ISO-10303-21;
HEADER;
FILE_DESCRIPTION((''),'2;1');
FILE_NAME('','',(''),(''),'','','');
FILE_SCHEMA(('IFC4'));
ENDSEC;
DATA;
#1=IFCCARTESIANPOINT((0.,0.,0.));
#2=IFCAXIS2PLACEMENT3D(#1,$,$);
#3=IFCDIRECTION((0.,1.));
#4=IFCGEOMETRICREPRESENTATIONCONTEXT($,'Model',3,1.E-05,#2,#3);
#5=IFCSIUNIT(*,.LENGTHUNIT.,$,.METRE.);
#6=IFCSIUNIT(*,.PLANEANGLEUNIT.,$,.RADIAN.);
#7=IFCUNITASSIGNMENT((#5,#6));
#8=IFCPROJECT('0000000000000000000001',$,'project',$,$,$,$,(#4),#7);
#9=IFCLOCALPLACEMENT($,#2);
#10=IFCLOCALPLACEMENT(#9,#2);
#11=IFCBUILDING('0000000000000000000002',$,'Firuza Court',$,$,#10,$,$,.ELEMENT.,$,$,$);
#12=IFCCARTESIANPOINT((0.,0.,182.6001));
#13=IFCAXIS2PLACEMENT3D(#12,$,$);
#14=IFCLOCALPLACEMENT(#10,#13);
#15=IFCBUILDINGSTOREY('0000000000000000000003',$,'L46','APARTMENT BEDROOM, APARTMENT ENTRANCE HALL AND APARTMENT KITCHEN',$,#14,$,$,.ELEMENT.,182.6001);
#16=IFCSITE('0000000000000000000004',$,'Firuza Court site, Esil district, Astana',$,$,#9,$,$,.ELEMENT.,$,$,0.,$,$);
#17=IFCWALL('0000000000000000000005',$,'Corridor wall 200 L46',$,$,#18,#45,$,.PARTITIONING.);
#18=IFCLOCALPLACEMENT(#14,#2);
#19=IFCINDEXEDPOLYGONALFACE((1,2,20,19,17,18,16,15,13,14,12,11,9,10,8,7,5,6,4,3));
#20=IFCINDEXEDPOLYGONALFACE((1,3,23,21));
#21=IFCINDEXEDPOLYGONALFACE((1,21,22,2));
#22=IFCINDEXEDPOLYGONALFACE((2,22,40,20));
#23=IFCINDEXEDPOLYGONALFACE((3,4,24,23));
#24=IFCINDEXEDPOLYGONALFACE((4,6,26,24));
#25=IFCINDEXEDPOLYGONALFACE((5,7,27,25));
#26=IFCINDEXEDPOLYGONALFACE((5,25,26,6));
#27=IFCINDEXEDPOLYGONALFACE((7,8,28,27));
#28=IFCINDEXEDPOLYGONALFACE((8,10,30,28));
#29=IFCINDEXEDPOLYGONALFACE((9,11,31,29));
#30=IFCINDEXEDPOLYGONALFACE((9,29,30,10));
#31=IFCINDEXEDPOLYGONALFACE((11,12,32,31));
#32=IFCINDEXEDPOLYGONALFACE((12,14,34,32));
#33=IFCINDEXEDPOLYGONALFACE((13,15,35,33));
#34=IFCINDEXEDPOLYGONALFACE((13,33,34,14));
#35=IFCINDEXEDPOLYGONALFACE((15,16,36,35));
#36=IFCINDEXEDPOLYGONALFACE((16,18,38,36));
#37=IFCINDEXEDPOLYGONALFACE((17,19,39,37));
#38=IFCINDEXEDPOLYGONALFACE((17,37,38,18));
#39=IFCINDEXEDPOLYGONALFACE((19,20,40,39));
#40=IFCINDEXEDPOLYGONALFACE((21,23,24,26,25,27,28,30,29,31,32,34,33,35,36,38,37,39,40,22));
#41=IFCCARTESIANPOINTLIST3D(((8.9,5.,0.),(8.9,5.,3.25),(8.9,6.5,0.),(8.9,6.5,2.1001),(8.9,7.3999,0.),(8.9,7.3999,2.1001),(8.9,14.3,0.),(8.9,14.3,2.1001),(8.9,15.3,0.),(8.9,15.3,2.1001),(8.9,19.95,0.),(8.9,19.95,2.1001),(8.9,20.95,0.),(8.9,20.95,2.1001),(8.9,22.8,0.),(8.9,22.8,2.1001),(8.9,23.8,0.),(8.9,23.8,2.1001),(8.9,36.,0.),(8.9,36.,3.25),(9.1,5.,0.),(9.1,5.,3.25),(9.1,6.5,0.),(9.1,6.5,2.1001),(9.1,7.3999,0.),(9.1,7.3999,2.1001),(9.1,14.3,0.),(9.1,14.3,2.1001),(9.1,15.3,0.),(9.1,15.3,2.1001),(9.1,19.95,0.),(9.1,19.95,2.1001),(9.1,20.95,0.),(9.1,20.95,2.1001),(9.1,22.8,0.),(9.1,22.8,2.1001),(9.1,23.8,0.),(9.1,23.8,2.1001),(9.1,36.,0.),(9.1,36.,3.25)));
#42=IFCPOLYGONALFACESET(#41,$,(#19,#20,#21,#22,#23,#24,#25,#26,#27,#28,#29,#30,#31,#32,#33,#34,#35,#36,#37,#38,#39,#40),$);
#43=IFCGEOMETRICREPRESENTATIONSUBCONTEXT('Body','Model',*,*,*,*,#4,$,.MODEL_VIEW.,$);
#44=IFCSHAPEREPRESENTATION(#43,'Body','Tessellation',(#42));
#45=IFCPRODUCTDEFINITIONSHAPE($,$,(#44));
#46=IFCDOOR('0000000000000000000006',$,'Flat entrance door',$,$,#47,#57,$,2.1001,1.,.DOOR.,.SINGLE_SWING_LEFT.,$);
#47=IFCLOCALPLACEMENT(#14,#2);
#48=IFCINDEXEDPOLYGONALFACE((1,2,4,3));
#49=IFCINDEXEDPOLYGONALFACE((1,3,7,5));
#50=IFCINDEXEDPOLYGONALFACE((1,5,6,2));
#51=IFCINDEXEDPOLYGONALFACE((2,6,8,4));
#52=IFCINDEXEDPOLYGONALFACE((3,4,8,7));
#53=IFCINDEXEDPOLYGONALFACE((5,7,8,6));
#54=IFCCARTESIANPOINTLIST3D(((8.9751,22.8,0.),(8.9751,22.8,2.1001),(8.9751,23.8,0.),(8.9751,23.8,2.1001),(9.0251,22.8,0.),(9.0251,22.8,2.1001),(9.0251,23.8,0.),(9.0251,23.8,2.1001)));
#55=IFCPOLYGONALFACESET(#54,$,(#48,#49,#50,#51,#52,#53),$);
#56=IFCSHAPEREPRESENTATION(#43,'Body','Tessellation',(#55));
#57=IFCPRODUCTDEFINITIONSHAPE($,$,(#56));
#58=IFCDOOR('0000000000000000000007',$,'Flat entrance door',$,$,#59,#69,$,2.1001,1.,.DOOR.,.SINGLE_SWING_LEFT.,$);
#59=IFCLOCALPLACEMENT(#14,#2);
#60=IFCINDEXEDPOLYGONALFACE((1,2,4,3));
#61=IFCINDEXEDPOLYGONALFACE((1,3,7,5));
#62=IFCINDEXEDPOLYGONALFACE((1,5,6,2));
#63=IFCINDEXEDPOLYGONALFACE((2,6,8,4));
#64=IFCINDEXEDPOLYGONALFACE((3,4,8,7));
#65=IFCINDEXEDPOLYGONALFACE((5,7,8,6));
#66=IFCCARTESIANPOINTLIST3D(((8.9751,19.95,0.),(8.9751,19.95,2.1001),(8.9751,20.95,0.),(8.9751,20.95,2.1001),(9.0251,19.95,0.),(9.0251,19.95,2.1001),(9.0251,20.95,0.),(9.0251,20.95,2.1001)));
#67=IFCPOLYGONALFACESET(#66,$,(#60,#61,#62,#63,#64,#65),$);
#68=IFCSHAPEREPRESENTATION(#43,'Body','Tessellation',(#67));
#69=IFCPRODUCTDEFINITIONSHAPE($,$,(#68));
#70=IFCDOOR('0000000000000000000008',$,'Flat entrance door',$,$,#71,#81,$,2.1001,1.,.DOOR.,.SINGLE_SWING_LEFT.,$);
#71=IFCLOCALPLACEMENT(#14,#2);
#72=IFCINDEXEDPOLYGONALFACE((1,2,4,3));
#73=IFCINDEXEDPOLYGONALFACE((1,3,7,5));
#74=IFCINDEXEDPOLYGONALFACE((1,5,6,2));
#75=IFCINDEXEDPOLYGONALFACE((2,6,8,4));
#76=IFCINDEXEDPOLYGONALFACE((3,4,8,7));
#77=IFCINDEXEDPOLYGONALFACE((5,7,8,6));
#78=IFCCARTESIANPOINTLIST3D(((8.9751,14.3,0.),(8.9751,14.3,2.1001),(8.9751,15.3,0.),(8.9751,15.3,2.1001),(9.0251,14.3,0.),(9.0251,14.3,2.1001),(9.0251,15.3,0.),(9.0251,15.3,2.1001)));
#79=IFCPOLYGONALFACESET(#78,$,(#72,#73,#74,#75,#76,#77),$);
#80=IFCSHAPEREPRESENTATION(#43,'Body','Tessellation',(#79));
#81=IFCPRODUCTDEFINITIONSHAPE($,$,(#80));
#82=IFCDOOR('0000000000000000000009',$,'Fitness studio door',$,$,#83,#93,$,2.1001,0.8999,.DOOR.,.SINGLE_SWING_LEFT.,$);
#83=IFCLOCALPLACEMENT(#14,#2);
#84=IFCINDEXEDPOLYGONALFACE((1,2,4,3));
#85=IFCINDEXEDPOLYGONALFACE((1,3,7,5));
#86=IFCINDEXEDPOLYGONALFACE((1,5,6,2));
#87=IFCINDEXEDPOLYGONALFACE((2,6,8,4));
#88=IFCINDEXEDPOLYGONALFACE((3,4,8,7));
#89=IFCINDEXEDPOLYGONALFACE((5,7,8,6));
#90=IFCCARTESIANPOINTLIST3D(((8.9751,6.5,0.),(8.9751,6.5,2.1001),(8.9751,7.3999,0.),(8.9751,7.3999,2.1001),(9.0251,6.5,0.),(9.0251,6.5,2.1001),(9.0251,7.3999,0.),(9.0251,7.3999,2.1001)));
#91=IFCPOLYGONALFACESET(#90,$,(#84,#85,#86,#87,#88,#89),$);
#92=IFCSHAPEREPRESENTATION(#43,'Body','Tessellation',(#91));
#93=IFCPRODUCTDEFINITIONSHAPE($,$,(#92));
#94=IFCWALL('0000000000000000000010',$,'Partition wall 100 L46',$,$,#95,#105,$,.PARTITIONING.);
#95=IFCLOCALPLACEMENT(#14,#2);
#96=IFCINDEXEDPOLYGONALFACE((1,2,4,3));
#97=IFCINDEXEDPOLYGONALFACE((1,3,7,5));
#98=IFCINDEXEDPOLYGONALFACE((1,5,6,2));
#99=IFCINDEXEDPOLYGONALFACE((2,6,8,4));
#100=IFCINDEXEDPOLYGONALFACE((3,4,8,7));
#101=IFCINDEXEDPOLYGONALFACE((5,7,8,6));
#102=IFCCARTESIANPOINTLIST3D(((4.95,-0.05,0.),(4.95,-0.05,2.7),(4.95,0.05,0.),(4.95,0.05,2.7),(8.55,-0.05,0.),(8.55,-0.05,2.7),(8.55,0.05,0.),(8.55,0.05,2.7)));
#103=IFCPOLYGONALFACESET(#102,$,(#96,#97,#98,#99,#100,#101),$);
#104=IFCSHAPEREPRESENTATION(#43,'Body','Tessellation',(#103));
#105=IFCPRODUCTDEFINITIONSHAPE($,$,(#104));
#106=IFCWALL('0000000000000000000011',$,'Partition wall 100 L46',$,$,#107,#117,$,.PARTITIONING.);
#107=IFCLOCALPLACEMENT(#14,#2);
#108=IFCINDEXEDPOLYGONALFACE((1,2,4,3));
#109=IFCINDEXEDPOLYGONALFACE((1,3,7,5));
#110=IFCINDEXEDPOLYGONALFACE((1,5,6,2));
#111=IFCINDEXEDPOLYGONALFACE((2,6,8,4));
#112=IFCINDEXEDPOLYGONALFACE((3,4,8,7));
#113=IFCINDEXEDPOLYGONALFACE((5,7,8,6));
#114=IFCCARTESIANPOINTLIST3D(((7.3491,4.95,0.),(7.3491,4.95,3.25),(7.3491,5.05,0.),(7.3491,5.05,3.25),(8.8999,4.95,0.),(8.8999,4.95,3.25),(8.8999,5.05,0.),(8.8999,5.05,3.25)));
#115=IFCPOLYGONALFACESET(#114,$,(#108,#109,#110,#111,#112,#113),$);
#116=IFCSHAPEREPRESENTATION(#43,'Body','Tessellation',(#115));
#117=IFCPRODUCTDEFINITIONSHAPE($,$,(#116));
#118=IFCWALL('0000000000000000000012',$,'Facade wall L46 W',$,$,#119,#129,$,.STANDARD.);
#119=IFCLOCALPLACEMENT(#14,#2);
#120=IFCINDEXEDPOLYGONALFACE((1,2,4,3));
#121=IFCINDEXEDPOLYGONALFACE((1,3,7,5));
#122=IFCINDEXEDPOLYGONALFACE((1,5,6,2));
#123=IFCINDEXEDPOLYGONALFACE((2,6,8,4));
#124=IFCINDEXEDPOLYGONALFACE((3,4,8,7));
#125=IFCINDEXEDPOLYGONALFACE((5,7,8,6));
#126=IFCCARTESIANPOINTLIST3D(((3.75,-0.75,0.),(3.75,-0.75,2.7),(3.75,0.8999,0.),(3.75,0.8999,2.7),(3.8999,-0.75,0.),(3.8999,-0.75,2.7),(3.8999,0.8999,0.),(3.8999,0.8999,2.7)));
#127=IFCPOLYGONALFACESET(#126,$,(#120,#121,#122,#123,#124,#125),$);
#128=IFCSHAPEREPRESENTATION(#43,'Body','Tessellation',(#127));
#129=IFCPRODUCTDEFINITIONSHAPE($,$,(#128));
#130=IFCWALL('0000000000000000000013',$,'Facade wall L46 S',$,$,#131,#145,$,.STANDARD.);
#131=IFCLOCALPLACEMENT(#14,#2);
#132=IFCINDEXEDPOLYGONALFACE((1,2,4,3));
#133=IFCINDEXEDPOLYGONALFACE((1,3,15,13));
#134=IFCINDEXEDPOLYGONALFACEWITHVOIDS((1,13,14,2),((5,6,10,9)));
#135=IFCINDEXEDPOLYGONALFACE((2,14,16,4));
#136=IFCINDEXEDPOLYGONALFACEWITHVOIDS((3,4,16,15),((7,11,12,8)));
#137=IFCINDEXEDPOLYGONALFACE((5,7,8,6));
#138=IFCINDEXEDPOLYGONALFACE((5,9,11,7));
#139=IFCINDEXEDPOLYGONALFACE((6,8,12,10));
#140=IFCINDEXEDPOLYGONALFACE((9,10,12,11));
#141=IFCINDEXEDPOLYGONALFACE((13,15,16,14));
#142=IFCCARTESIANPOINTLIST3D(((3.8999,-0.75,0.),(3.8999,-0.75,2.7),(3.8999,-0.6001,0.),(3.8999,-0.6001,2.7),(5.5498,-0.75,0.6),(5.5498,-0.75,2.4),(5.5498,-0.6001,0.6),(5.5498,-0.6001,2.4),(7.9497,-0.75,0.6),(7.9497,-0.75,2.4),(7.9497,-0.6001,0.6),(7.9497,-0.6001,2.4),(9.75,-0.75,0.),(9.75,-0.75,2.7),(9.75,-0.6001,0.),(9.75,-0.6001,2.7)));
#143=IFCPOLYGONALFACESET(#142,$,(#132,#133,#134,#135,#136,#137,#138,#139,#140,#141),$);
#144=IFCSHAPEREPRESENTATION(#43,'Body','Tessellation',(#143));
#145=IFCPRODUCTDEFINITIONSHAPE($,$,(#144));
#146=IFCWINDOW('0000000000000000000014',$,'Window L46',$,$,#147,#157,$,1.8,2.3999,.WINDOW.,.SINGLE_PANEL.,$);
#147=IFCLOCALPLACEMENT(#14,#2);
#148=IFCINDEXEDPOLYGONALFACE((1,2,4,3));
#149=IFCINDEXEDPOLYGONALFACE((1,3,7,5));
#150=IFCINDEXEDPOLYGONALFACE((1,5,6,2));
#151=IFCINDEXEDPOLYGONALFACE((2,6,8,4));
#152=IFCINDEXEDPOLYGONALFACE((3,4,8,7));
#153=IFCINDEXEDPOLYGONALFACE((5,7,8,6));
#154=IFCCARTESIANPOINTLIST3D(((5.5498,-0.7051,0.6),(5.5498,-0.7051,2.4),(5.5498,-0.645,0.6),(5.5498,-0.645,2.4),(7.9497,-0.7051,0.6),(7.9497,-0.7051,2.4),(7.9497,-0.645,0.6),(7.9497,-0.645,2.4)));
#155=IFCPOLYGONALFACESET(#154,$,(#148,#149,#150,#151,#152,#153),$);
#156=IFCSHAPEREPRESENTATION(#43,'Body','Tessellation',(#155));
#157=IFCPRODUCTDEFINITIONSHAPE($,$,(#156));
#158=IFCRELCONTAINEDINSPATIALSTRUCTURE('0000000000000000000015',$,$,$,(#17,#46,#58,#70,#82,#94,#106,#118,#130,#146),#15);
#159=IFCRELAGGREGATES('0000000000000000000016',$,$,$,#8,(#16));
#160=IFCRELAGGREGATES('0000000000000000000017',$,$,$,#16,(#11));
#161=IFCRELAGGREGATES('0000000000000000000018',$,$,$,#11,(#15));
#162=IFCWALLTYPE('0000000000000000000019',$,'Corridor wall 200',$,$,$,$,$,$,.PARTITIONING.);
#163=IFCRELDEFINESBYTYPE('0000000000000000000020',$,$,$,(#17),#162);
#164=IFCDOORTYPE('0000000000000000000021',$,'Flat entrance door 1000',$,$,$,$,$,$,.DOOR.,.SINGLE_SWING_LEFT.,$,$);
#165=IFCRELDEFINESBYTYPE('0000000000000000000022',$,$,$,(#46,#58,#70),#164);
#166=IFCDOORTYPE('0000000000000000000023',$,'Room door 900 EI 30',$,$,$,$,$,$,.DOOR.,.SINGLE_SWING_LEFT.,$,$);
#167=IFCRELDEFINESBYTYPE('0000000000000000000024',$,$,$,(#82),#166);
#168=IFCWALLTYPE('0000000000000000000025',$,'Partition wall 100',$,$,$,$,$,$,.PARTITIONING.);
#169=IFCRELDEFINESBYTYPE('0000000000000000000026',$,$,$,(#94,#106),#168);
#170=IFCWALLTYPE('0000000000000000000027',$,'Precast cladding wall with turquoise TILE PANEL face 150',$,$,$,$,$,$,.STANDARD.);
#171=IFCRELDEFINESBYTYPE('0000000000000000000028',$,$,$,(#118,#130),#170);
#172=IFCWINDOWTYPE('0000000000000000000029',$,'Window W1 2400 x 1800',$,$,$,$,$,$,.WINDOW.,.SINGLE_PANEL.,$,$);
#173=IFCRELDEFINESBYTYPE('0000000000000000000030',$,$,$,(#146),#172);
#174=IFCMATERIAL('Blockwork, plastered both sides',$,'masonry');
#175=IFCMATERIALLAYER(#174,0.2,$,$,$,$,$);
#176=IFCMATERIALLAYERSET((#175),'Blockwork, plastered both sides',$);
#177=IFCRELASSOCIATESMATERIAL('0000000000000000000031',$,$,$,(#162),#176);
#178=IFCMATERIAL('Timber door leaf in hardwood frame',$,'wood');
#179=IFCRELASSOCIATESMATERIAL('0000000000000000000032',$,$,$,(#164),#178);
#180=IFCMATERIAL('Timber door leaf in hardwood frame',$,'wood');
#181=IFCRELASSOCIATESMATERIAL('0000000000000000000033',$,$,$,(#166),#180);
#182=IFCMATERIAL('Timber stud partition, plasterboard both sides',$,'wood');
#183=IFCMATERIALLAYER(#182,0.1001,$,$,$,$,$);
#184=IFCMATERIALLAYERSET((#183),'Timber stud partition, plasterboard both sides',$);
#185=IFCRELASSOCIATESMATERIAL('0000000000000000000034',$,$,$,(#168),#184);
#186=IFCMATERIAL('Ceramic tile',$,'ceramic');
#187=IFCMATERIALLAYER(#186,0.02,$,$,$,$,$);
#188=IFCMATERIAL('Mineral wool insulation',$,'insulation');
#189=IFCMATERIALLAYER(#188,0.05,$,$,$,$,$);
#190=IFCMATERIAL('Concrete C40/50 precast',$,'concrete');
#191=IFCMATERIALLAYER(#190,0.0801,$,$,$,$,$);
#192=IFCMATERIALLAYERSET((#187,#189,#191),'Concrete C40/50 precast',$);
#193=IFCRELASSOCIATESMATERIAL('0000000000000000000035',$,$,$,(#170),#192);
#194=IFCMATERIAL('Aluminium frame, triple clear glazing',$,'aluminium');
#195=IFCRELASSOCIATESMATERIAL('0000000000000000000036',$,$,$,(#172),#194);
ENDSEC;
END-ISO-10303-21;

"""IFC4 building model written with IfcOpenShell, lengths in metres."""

from ifc_helpers import new_model, si_unit, direction, frame, frame_2d, origin, place, context, subcontext, project, spatial, rectangle, extrude, material, layer, layer_set, type_object, element, fill, save


model = new_model("IFC4")

# Units and contexts
model_context = context("Model", 3, precision=1e-05, world=origin(), true_north=direction((0.0, 1.0)))
body_context = subcontext(model_context, "Body", "Model", "MODEL_VIEW")
ifc_project = project(units=[si_unit("LENGTHUNIT", "METRE"), si_unit("PLANEANGLEUNIT", "RADIAN")], contexts=[model_context])

# Site, building, storey
site_placement = place(None, origin())
site = spatial("IfcSite", under=ifc_project, at=site_placement, Name="Firuza Court site, Esil district, Astana", CompositionType="ELEMENT", RefElevation=0.0)
building_placement = place(site_placement, origin())
building = spatial("IfcBuilding", under=site, at=building_placement, Name="Firuza Court", CompositionType="ELEMENT")
storey_placement = place(building_placement, frame((0.0, 0.0, 182.6001)))
storey = spatial("IfcBuildingStorey", under=building, at=storey_placement, Name="L46", Description="APARTMENT BEDROOM, APARTMENT ENTRANCE HALL AND APARTMENT KITCHEN", CompositionType="ELEMENT", Elevation=182.6001)

# Wall, openings, doors
ifc_material_1 = material(Name="Blockwork, plastered both sides", Category="masonry")
ifc_layer_1 = layer(ifc_material_1, 0.2)
ifc_layer_set_1 = layer_set([ifc_layer_1], Name="Blockwork, plastered both sides")
wall_type_1 = type_object("IfcWallType", Name="Corridor wall 200", PredefinedType="PARTITIONING", material=ifc_layer_set_1)
wall_1_placement = place(storey_placement, frame((9.0, 5.0, 0.0), z_axis=(0.0, 0.0, 1.0), x_axis=(0.0, 1.0, 0.0)))
wall_1 = element("IfcWall", 1, at=wall_1_placement, inside=storey, type_object=wall_type_1, Name="Corridor wall 200 L46", PredefinedType="PARTITIONING", context=body_context, shape_type="SweptSolid", body=[
    extrude(rectangle(XDim=31.0, YDim=0.2, at=frame_2d((15.5, 0.0))), origin(), (0.0, 0.0, 1.0), 3.25),
])
opening_1_placement = place(wall_1_placement, frame((17.8, 0.0, 0.0)))
opening_1 = element("IfcOpeningElement", 2, at=opening_1_placement, cuts=wall_1, PredefinedType="OPENING", context=body_context, shape_type="SweptSolid", body=[
    extrude(rectangle(XDim=1.0, YDim=2.1001, at=frame_2d((0.5, 1.05))), frame((0.0, 0.1118, 0.0), z_axis=(0.0, -1.0, 0.0), x_axis=(1.0, 0.0, 0.0)), (0.0, 0.0, 1.0), 0.2239),
])
opening_2_placement = place(wall_1_placement, frame((14.95, 0.0, 0.0)))
opening_2 = element("IfcOpeningElement", 3, at=opening_2_placement, cuts=wall_1, PredefinedType="OPENING", context=body_context, shape_type="SweptSolid", body=[
    extrude(rectangle(XDim=1.0, YDim=2.1001, at=frame_2d((0.5, 1.05))), frame((0.0, 0.1118, 0.0), z_axis=(0.0, -1.0, 0.0), x_axis=(1.0, 0.0, 0.0)), (0.0, 0.0, 1.0), 0.2239),
])
opening_3_placement = place(wall_1_placement, frame((9.3, 0.0, 0.0)))
opening_3 = element("IfcOpeningElement", 4, at=opening_3_placement, cuts=wall_1, PredefinedType="OPENING", context=body_context, shape_type="SweptSolid", body=[
    extrude(rectangle(XDim=1.0, YDim=2.1001, at=frame_2d((0.5, 1.05))), frame((0.0, 0.1118, 0.0), z_axis=(0.0, -1.0, 0.0), x_axis=(1.0, 0.0, 0.0)), (0.0, 0.0, 1.0), 0.2239),
])
opening_4_placement = place(wall_1_placement, frame((1.5, 0.0, 0.0)))
opening_4 = element("IfcOpeningElement", 5, at=opening_4_placement, cuts=wall_1, PredefinedType="OPENING", context=body_context, shape_type="SweptSolid", body=[
    extrude(rectangle(XDim=0.8999, YDim=2.1001, at=frame_2d((0.45, 1.05))), frame((0.0, 0.1118, 0.0), z_axis=(0.0, -1.0, 0.0), x_axis=(1.0, 0.0, 0.0)), (0.0, 0.0, 1.0), 0.2239),
])
ifc_material_2 = material(Name="Timber door leaf in hardwood frame", Category="wood")
door_type_1 = type_object("IfcDoorType", Name="Flat entrance door 1000", OperationType="SINGLE_SWING_LEFT", PredefinedType="DOOR", material=ifc_material_2)
door_1_placement = place(opening_1_placement, origin())
door_1 = element("IfcDoor", 6, at=door_1_placement, inside=storey, type_object=door_type_1, Name="Flat entrance door", OperationType="SINGLE_SWING_LEFT", OverallHeight=2.1001, OverallWidth=1.0, PredefinedType="DOOR", context=body_context, shape_type="SweptSolid", body=[
    extrude(rectangle(XDim=1.0, YDim=2.1001, at=frame_2d((0.5, 1.05))), frame((0.0, 0.0249, 0.0), z_axis=(0.0, -1.0, 0.0), x_axis=(1.0, 0.0, 0.0)), (0.0, 0.0, 1.0), 0.05),
])
fill(opening_1, door_1)
door_2_placement = place(opening_2_placement, origin())
door_2 = element("IfcDoor", 7, at=door_2_placement, inside=storey, type_object=door_type_1, Name="Flat entrance door", OperationType="SINGLE_SWING_LEFT", OverallHeight=2.1001, OverallWidth=1.0, PredefinedType="DOOR", context=body_context, shape_type="SweptSolid", body=[
    extrude(rectangle(XDim=1.0, YDim=2.1001, at=frame_2d((0.5, 1.05))), frame((0.0, 0.0249, 0.0), z_axis=(0.0, -1.0, 0.0), x_axis=(1.0, 0.0, 0.0)), (0.0, 0.0, 1.0), 0.05),
])
fill(opening_2, door_2)
door_3_placement = place(opening_3_placement, origin())
door_3 = element("IfcDoor", 8, at=door_3_placement, inside=storey, type_object=door_type_1, Name="Flat entrance door", OperationType="SINGLE_SWING_LEFT", OverallHeight=2.1001, OverallWidth=1.0, PredefinedType="DOOR", context=body_context, shape_type="SweptSolid", body=[
    extrude(rectangle(XDim=1.0, YDim=2.1001, at=frame_2d((0.5, 1.05))), frame((0.0, 0.0249, 0.0), z_axis=(0.0, -1.0, 0.0), x_axis=(1.0, 0.0, 0.0)), (0.0, 0.0, 1.0), 0.05),
])
fill(opening_3, door_3)
ifc_material_3 = material(Name="Timber door leaf in hardwood frame", Category="wood")
door_type_2 = type_object("IfcDoorType", Name="Room door 900 EI 30", OperationType="SINGLE_SWING_LEFT", PredefinedType="DOOR", material=ifc_material_3)
door_4_placement = place(opening_4_placement, origin())
door_4 = element("IfcDoor", 9, at=door_4_placement, inside=storey, type_object=door_type_2, Name="Fitness studio door", OperationType="SINGLE_SWING_LEFT", OverallHeight=2.1001, OverallWidth=0.8999, PredefinedType="DOOR", context=body_context, shape_type="SweptSolid", body=[
    extrude(rectangle(XDim=0.8999, YDim=2.1001, at=frame_2d((0.45, 1.05))), frame((0.0, 0.0249, 0.0), z_axis=(0.0, -1.0, 0.0), x_axis=(1.0, 0.0, 0.0)), (0.0, 0.0, 1.0), 0.05),
])
fill(opening_4, door_4)

# Walls
ifc_material_4 = material(Name="Timber stud partition, plasterboard both sides", Category="wood")
ifc_layer_2 = layer(ifc_material_4, 0.1001)
ifc_layer_set_2 = layer_set([ifc_layer_2], Name="Timber stud partition, plasterboard both sides")
wall_type_2 = type_object("IfcWallType", Name="Partition wall 100", PredefinedType="PARTITIONING", material=ifc_layer_set_2)
wall_2_placement = place(storey_placement, frame((4.95, 0.0, 0.0), z_axis=(0.0, 0.0, 1.0), x_axis=(1.0, 0.0, 0.0)))
element("IfcWall", 10, at=wall_2_placement, inside=storey, type_object=wall_type_2, Name="Partition wall 100 L46", PredefinedType="PARTITIONING", context=body_context, shape_type="SweptSolid", body=[
    extrude(rectangle(XDim=3.6001, YDim=0.1001, at=frame_2d((1.8, 0.0))), origin(), (0.0, 0.0, 1.0), 2.7),
])
wall_3_placement = place(storey_placement, frame((7.3491, 5.0, 0.0), z_axis=(0.0, 0.0, 1.0), x_axis=(1.0, 0.0, 0.0)))
element("IfcWall", 11, at=wall_3_placement, inside=storey, type_object=wall_type_2, Name="Partition wall 100 L46", PredefinedType="PARTITIONING", context=body_context, shape_type="SweptSolid", body=[
    extrude(rectangle(XDim=1.5508, YDim=0.1001, at=frame_2d((0.7754, 0.0))), origin(), (0.0, 0.0, 1.0), 3.25),
])
ifc_material_5 = material(Name="Ceramic tile", Category="ceramic")
ifc_layer_3 = layer(ifc_material_5, 0.02)
ifc_material_6 = material(Name="Mineral wool insulation", Category="insulation")
ifc_layer_4 = layer(ifc_material_6, 0.05)
ifc_material_7 = material(Name="Concrete C40/50 precast", Category="concrete")
ifc_layer_5 = layer(ifc_material_7, 0.0801)
ifc_layer_set_3 = layer_set([ifc_layer_3, ifc_layer_4, ifc_layer_5], Name="Concrete C40/50 precast")
wall_type_3 = type_object("IfcWallType", Name="Precast cladding wall with turquoise TILE PANEL face 150", PredefinedType="STANDARD", material=ifc_layer_set_3)
wall_4_placement = place(storey_placement, frame((3.825, 0.8999, 0.0), z_axis=(0.0, 0.0, 1.0), x_axis=(0.0, -1.0, 0.0)))
element("IfcWall", 12, at=wall_4_placement, inside=storey, type_object=wall_type_3, Name="Facade wall L46 W", PredefinedType="STANDARD", context=body_context, shape_type="SweptSolid", body=[
    extrude(rectangle(XDim=1.6499, YDim=0.1499, at=frame_2d((0.825, 0.0))), origin(), (0.0, 0.0, 1.0), 2.7),
])

# Wall, opening, window
wall_5_placement = place(storey_placement, frame((3.8999, -0.675, 0.0), z_axis=(0.0, 0.0, 1.0), x_axis=(1.0, 0.0, 0.0)))
wall_5 = element("IfcWall", 13, at=wall_5_placement, inside=storey, type_object=wall_type_3, Name="Facade wall L46 S", PredefinedType="STANDARD", context=body_context, shape_type="SweptSolid", body=[
    extrude(rectangle(XDim=5.8501, YDim=0.1499, at=frame_2d((2.925, 0.0))), origin(), (0.0, 0.0, 1.0), 2.7),
])
opening_5_placement = place(wall_5_placement, frame((1.6499, 0.0, 0.6001)))
opening_5 = element("IfcOpeningElement", 14, at=opening_5_placement, cuts=wall_5, PredefinedType="OPENING", context=body_context, shape_type="SweptSolid", body=[
    extrude(rectangle(XDim=2.3999, YDim=1.8, at=frame_2d((1.2, 0.8999))), frame((0.0, 0.0869, 0.0), z_axis=(0.0, -1.0, 0.0), x_axis=(1.0, 0.0, 0.0)), (0.0, 0.0, 1.0), 0.1738),
])
ifc_material_8 = material(Name="Aluminium frame, triple clear glazing", Category="aluminium")
window_type = type_object("IfcWindowType", Name="Window W1 2400 x 1800", PartitioningType="SINGLE_PANEL", PredefinedType="WINDOW", material=ifc_material_8)
window_placement = place(opening_5_placement, origin())
window = element("IfcWindow", 15, at=window_placement, inside=storey, type_object=window_type, Name="Window L46", OverallHeight=1.8, OverallWidth=2.3999, PartitioningType="SINGLE_PANEL", PredefinedType="WINDOW", context=body_context, shape_type="SweptSolid", body=[
    extrude(rectangle(XDim=2.3999, YDim=1.8, at=frame_2d((1.2, 0.8999))), frame((0.0, 0.03, 0.0), z_axis=(0.0, -1.0, 0.0), x_axis=(1.0, 0.0, 0.0)), (0.0, 0.0, 1.0), 0.0601),
])
fill(opening_5, window)

save(model, "model.ifc")
